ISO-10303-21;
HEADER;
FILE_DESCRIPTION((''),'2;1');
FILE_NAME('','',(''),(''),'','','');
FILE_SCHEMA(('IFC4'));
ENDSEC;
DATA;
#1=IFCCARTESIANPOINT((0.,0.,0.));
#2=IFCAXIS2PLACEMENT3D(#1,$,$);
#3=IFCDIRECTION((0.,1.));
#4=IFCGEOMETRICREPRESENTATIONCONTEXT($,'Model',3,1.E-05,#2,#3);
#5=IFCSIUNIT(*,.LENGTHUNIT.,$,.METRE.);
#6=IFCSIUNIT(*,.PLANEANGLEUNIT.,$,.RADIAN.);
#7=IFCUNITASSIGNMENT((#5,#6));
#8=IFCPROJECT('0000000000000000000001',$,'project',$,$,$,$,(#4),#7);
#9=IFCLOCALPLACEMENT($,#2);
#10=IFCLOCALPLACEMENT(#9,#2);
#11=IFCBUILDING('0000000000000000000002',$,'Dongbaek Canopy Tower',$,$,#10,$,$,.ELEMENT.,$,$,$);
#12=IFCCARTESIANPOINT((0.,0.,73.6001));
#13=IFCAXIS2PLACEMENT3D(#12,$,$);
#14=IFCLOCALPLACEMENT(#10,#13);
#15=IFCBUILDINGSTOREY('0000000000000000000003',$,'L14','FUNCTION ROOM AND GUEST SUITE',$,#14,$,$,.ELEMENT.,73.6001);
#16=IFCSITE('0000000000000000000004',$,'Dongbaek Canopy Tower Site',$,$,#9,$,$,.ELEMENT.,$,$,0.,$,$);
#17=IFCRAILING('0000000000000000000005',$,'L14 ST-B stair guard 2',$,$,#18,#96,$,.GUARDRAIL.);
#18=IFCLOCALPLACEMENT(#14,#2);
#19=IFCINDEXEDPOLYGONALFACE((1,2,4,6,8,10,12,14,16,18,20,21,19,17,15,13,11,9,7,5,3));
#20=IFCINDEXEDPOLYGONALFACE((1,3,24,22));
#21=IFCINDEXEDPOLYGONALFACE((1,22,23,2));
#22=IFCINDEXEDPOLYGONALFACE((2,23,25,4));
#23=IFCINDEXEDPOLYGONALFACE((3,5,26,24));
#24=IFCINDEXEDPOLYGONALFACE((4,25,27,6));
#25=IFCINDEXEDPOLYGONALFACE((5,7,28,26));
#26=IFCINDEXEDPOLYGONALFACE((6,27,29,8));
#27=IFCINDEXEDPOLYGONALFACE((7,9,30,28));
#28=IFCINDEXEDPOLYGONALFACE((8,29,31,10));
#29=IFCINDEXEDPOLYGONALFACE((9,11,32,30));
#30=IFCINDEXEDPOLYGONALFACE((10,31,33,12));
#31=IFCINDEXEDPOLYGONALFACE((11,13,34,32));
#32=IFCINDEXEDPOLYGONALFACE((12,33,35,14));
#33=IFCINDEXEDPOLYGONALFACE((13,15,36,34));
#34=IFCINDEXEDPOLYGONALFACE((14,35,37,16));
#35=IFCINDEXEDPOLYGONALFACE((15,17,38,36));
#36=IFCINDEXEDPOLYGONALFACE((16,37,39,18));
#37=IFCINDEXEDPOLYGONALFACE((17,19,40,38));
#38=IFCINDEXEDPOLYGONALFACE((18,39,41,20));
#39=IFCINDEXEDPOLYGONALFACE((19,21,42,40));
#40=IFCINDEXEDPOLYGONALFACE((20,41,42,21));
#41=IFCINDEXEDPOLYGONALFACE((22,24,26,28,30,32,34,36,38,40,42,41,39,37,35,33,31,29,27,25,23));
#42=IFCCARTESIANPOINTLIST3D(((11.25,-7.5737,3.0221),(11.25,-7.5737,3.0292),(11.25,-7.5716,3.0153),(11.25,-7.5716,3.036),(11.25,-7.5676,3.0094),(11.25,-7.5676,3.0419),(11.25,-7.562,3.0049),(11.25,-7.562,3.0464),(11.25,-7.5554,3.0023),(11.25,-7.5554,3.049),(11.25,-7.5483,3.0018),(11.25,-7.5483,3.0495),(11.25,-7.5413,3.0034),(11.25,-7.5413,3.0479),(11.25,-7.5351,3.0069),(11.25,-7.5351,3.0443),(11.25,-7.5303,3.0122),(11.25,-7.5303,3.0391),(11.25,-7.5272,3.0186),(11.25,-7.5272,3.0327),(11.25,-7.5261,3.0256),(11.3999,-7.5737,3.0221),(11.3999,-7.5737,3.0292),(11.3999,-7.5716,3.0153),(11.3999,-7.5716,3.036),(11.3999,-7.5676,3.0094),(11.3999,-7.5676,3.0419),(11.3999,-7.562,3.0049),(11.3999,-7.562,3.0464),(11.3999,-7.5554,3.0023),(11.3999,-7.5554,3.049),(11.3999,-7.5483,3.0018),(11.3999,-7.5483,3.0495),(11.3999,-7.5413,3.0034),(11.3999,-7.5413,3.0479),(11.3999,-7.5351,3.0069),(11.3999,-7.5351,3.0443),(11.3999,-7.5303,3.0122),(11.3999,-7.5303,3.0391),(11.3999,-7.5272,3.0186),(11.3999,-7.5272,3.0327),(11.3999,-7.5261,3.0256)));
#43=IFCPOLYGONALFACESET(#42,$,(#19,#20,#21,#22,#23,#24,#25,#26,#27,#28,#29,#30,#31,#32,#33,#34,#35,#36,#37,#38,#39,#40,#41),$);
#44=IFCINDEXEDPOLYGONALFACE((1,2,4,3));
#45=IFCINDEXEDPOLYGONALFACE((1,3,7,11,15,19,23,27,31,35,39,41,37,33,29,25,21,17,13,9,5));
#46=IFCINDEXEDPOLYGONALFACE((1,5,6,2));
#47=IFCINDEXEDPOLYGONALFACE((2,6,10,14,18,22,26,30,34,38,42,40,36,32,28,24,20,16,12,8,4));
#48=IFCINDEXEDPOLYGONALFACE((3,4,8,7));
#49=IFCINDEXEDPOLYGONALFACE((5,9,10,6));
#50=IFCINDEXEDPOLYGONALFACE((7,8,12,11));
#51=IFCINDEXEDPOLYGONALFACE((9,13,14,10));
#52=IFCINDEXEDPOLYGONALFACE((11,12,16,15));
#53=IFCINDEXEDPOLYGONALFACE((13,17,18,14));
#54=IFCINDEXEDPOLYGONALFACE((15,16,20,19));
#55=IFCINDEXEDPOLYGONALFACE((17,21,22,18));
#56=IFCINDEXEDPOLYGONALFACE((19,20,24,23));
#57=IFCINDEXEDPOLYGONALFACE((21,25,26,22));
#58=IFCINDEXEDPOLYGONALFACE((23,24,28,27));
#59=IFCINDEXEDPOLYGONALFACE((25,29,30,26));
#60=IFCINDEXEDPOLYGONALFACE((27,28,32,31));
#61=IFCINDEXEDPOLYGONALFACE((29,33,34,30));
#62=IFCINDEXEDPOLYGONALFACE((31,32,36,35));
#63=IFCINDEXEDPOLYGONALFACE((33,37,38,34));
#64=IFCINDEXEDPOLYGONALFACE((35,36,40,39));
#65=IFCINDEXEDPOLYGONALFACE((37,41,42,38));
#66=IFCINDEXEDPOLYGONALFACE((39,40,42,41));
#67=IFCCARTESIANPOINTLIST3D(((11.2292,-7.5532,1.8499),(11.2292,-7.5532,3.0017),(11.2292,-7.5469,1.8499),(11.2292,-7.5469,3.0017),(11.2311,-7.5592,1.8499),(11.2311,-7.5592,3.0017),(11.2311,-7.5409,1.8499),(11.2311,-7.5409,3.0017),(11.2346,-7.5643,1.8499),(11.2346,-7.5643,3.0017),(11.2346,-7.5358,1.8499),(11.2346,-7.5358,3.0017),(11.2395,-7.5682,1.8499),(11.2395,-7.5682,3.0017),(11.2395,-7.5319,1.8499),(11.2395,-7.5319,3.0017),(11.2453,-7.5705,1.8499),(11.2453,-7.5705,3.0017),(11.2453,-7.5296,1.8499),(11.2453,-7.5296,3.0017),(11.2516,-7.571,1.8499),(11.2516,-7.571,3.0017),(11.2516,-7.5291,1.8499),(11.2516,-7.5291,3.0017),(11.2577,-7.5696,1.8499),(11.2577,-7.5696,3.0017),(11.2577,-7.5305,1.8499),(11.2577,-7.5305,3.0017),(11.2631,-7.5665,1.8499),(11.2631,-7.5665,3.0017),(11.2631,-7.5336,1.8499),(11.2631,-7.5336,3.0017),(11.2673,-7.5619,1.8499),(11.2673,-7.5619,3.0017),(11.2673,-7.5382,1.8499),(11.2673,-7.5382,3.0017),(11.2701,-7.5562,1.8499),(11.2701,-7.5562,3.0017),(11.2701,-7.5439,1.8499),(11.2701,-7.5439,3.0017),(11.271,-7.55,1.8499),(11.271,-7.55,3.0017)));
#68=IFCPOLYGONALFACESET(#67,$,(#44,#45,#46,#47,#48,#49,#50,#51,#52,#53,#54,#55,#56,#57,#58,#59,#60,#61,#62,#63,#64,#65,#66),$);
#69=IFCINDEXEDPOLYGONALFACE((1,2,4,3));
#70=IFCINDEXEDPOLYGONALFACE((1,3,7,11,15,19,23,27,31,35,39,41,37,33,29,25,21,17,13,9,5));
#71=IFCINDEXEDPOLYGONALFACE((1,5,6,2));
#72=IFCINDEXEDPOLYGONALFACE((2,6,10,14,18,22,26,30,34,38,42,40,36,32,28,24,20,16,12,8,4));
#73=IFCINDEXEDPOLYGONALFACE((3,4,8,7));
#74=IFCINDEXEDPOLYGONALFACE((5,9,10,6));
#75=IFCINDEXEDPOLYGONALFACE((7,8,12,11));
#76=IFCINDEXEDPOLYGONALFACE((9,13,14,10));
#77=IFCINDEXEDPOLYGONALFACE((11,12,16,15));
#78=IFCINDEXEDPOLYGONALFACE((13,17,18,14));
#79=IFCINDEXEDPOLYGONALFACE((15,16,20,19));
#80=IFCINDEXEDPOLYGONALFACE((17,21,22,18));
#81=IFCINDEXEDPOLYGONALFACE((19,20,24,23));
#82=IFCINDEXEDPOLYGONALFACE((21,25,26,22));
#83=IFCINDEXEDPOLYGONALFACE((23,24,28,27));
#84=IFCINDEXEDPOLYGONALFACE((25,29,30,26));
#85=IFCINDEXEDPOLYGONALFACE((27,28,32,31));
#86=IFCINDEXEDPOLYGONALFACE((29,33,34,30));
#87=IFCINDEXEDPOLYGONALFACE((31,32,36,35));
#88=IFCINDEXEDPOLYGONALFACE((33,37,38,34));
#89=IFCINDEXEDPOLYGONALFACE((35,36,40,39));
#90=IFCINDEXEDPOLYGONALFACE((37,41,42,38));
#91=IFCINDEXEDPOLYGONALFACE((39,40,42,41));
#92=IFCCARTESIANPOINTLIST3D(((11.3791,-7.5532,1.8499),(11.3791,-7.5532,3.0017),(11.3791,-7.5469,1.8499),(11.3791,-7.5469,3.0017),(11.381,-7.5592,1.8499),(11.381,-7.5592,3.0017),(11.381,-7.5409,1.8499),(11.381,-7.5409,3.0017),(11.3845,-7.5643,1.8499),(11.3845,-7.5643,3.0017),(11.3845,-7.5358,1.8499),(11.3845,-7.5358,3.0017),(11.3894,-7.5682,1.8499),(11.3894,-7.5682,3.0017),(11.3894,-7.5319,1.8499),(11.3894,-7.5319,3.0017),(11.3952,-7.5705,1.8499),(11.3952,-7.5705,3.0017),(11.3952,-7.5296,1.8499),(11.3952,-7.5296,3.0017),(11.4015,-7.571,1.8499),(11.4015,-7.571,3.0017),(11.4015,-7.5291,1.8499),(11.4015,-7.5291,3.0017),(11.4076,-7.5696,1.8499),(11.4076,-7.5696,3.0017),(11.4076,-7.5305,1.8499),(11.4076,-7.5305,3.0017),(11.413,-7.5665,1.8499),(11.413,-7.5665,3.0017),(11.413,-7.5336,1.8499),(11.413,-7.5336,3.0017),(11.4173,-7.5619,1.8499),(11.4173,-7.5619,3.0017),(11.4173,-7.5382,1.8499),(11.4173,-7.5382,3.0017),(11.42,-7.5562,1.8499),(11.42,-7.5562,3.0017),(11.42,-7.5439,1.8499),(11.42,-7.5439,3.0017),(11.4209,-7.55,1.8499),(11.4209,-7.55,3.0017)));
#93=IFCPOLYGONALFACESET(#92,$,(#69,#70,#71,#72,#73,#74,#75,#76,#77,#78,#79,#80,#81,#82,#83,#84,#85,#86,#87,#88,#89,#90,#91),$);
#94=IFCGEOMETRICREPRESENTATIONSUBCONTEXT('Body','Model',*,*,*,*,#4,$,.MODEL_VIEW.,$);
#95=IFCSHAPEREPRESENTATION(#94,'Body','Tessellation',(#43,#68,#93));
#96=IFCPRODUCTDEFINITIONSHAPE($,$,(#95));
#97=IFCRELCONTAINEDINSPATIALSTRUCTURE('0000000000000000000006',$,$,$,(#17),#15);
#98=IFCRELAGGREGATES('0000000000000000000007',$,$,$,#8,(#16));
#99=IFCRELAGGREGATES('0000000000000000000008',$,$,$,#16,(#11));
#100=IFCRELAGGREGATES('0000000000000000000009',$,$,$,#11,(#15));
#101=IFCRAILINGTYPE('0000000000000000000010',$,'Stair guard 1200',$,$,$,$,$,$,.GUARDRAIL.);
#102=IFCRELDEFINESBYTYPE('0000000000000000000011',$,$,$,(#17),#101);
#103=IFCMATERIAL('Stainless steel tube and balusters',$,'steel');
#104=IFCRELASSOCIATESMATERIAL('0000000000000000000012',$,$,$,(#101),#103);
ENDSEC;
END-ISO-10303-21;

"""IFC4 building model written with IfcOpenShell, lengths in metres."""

from ifc_helpers import new_model, si_unit, direction, frame, origin, origin_2d, place, context, subcontext, project, spatial, circle, extrude, material, type_object, element, save


model = new_model("IFC4")

# Units and contexts
model_context = context("Model", 3, precision=1e-05, world=origin(), true_north=direction((0.0, 1.0)))
body_context = subcontext(model_context, "Body", "Model", "MODEL_VIEW")
ifc_project = project(units=[si_unit("LENGTHUNIT", "METRE"), si_unit("PLANEANGLEUNIT", "RADIAN")], contexts=[model_context])

# Site, building, storey
site_placement = place(None, origin())
site = spatial("IfcSite", under=ifc_project, at=site_placement, Name="Dongbaek Canopy Tower Site", CompositionType="ELEMENT", RefElevation=0.0)
building_placement = place(site_placement, origin())
building = spatial("IfcBuilding", under=site, at=building_placement, Name="Dongbaek Canopy Tower", CompositionType="ELEMENT")
storey_placement = place(building_placement, frame((0.0, 0.0, 73.6001)))
storey = spatial("IfcBuildingStorey", under=building, at=storey_placement, Name="L14", Description="FUNCTION ROOM AND GUEST SUITE", CompositionType="ELEMENT", Elevation=73.6001)

# Railing
ifc_material_1 = material(Name="Stainless steel tube and balusters", Category="steel")
railing_type_1 = type_object("IfcRailingType", Name="Stair guard 1200", PredefinedType="GUARDRAIL", material=ifc_material_1)
railing_1_placement = place(storey_placement, frame((11.25, -7.55, 1.8499)))
element("IfcRailing", 1, at=railing_1_placement, inside=storey, type_object=railing_type_1, Name="L14 ST-B stair guard 2", PredefinedType="GUARDRAIL", context=body_context, shape_type="SweptSolid", body=[
    extrude(circle(Radius=0.0239, at=origin_2d()), frame((0.0, 0.0, 1.1758), z_axis=(1.0, 0.0, 0.0), x_axis=(0.0, 1.0, 0.0)), (0.0, 0.0, 1.0), 0.1499),
    extrude(circle(Radius=0.021, at=origin_2d()), origin(), (0.0, 0.0, 1.0), 1.1519),
    extrude(circle(Radius=0.021, at=origin_2d()), frame((0.1499, 0.0, 0.0)), (0.0, 0.0, 1.0), 1.1519),
])

save(model, "model.ifc")
